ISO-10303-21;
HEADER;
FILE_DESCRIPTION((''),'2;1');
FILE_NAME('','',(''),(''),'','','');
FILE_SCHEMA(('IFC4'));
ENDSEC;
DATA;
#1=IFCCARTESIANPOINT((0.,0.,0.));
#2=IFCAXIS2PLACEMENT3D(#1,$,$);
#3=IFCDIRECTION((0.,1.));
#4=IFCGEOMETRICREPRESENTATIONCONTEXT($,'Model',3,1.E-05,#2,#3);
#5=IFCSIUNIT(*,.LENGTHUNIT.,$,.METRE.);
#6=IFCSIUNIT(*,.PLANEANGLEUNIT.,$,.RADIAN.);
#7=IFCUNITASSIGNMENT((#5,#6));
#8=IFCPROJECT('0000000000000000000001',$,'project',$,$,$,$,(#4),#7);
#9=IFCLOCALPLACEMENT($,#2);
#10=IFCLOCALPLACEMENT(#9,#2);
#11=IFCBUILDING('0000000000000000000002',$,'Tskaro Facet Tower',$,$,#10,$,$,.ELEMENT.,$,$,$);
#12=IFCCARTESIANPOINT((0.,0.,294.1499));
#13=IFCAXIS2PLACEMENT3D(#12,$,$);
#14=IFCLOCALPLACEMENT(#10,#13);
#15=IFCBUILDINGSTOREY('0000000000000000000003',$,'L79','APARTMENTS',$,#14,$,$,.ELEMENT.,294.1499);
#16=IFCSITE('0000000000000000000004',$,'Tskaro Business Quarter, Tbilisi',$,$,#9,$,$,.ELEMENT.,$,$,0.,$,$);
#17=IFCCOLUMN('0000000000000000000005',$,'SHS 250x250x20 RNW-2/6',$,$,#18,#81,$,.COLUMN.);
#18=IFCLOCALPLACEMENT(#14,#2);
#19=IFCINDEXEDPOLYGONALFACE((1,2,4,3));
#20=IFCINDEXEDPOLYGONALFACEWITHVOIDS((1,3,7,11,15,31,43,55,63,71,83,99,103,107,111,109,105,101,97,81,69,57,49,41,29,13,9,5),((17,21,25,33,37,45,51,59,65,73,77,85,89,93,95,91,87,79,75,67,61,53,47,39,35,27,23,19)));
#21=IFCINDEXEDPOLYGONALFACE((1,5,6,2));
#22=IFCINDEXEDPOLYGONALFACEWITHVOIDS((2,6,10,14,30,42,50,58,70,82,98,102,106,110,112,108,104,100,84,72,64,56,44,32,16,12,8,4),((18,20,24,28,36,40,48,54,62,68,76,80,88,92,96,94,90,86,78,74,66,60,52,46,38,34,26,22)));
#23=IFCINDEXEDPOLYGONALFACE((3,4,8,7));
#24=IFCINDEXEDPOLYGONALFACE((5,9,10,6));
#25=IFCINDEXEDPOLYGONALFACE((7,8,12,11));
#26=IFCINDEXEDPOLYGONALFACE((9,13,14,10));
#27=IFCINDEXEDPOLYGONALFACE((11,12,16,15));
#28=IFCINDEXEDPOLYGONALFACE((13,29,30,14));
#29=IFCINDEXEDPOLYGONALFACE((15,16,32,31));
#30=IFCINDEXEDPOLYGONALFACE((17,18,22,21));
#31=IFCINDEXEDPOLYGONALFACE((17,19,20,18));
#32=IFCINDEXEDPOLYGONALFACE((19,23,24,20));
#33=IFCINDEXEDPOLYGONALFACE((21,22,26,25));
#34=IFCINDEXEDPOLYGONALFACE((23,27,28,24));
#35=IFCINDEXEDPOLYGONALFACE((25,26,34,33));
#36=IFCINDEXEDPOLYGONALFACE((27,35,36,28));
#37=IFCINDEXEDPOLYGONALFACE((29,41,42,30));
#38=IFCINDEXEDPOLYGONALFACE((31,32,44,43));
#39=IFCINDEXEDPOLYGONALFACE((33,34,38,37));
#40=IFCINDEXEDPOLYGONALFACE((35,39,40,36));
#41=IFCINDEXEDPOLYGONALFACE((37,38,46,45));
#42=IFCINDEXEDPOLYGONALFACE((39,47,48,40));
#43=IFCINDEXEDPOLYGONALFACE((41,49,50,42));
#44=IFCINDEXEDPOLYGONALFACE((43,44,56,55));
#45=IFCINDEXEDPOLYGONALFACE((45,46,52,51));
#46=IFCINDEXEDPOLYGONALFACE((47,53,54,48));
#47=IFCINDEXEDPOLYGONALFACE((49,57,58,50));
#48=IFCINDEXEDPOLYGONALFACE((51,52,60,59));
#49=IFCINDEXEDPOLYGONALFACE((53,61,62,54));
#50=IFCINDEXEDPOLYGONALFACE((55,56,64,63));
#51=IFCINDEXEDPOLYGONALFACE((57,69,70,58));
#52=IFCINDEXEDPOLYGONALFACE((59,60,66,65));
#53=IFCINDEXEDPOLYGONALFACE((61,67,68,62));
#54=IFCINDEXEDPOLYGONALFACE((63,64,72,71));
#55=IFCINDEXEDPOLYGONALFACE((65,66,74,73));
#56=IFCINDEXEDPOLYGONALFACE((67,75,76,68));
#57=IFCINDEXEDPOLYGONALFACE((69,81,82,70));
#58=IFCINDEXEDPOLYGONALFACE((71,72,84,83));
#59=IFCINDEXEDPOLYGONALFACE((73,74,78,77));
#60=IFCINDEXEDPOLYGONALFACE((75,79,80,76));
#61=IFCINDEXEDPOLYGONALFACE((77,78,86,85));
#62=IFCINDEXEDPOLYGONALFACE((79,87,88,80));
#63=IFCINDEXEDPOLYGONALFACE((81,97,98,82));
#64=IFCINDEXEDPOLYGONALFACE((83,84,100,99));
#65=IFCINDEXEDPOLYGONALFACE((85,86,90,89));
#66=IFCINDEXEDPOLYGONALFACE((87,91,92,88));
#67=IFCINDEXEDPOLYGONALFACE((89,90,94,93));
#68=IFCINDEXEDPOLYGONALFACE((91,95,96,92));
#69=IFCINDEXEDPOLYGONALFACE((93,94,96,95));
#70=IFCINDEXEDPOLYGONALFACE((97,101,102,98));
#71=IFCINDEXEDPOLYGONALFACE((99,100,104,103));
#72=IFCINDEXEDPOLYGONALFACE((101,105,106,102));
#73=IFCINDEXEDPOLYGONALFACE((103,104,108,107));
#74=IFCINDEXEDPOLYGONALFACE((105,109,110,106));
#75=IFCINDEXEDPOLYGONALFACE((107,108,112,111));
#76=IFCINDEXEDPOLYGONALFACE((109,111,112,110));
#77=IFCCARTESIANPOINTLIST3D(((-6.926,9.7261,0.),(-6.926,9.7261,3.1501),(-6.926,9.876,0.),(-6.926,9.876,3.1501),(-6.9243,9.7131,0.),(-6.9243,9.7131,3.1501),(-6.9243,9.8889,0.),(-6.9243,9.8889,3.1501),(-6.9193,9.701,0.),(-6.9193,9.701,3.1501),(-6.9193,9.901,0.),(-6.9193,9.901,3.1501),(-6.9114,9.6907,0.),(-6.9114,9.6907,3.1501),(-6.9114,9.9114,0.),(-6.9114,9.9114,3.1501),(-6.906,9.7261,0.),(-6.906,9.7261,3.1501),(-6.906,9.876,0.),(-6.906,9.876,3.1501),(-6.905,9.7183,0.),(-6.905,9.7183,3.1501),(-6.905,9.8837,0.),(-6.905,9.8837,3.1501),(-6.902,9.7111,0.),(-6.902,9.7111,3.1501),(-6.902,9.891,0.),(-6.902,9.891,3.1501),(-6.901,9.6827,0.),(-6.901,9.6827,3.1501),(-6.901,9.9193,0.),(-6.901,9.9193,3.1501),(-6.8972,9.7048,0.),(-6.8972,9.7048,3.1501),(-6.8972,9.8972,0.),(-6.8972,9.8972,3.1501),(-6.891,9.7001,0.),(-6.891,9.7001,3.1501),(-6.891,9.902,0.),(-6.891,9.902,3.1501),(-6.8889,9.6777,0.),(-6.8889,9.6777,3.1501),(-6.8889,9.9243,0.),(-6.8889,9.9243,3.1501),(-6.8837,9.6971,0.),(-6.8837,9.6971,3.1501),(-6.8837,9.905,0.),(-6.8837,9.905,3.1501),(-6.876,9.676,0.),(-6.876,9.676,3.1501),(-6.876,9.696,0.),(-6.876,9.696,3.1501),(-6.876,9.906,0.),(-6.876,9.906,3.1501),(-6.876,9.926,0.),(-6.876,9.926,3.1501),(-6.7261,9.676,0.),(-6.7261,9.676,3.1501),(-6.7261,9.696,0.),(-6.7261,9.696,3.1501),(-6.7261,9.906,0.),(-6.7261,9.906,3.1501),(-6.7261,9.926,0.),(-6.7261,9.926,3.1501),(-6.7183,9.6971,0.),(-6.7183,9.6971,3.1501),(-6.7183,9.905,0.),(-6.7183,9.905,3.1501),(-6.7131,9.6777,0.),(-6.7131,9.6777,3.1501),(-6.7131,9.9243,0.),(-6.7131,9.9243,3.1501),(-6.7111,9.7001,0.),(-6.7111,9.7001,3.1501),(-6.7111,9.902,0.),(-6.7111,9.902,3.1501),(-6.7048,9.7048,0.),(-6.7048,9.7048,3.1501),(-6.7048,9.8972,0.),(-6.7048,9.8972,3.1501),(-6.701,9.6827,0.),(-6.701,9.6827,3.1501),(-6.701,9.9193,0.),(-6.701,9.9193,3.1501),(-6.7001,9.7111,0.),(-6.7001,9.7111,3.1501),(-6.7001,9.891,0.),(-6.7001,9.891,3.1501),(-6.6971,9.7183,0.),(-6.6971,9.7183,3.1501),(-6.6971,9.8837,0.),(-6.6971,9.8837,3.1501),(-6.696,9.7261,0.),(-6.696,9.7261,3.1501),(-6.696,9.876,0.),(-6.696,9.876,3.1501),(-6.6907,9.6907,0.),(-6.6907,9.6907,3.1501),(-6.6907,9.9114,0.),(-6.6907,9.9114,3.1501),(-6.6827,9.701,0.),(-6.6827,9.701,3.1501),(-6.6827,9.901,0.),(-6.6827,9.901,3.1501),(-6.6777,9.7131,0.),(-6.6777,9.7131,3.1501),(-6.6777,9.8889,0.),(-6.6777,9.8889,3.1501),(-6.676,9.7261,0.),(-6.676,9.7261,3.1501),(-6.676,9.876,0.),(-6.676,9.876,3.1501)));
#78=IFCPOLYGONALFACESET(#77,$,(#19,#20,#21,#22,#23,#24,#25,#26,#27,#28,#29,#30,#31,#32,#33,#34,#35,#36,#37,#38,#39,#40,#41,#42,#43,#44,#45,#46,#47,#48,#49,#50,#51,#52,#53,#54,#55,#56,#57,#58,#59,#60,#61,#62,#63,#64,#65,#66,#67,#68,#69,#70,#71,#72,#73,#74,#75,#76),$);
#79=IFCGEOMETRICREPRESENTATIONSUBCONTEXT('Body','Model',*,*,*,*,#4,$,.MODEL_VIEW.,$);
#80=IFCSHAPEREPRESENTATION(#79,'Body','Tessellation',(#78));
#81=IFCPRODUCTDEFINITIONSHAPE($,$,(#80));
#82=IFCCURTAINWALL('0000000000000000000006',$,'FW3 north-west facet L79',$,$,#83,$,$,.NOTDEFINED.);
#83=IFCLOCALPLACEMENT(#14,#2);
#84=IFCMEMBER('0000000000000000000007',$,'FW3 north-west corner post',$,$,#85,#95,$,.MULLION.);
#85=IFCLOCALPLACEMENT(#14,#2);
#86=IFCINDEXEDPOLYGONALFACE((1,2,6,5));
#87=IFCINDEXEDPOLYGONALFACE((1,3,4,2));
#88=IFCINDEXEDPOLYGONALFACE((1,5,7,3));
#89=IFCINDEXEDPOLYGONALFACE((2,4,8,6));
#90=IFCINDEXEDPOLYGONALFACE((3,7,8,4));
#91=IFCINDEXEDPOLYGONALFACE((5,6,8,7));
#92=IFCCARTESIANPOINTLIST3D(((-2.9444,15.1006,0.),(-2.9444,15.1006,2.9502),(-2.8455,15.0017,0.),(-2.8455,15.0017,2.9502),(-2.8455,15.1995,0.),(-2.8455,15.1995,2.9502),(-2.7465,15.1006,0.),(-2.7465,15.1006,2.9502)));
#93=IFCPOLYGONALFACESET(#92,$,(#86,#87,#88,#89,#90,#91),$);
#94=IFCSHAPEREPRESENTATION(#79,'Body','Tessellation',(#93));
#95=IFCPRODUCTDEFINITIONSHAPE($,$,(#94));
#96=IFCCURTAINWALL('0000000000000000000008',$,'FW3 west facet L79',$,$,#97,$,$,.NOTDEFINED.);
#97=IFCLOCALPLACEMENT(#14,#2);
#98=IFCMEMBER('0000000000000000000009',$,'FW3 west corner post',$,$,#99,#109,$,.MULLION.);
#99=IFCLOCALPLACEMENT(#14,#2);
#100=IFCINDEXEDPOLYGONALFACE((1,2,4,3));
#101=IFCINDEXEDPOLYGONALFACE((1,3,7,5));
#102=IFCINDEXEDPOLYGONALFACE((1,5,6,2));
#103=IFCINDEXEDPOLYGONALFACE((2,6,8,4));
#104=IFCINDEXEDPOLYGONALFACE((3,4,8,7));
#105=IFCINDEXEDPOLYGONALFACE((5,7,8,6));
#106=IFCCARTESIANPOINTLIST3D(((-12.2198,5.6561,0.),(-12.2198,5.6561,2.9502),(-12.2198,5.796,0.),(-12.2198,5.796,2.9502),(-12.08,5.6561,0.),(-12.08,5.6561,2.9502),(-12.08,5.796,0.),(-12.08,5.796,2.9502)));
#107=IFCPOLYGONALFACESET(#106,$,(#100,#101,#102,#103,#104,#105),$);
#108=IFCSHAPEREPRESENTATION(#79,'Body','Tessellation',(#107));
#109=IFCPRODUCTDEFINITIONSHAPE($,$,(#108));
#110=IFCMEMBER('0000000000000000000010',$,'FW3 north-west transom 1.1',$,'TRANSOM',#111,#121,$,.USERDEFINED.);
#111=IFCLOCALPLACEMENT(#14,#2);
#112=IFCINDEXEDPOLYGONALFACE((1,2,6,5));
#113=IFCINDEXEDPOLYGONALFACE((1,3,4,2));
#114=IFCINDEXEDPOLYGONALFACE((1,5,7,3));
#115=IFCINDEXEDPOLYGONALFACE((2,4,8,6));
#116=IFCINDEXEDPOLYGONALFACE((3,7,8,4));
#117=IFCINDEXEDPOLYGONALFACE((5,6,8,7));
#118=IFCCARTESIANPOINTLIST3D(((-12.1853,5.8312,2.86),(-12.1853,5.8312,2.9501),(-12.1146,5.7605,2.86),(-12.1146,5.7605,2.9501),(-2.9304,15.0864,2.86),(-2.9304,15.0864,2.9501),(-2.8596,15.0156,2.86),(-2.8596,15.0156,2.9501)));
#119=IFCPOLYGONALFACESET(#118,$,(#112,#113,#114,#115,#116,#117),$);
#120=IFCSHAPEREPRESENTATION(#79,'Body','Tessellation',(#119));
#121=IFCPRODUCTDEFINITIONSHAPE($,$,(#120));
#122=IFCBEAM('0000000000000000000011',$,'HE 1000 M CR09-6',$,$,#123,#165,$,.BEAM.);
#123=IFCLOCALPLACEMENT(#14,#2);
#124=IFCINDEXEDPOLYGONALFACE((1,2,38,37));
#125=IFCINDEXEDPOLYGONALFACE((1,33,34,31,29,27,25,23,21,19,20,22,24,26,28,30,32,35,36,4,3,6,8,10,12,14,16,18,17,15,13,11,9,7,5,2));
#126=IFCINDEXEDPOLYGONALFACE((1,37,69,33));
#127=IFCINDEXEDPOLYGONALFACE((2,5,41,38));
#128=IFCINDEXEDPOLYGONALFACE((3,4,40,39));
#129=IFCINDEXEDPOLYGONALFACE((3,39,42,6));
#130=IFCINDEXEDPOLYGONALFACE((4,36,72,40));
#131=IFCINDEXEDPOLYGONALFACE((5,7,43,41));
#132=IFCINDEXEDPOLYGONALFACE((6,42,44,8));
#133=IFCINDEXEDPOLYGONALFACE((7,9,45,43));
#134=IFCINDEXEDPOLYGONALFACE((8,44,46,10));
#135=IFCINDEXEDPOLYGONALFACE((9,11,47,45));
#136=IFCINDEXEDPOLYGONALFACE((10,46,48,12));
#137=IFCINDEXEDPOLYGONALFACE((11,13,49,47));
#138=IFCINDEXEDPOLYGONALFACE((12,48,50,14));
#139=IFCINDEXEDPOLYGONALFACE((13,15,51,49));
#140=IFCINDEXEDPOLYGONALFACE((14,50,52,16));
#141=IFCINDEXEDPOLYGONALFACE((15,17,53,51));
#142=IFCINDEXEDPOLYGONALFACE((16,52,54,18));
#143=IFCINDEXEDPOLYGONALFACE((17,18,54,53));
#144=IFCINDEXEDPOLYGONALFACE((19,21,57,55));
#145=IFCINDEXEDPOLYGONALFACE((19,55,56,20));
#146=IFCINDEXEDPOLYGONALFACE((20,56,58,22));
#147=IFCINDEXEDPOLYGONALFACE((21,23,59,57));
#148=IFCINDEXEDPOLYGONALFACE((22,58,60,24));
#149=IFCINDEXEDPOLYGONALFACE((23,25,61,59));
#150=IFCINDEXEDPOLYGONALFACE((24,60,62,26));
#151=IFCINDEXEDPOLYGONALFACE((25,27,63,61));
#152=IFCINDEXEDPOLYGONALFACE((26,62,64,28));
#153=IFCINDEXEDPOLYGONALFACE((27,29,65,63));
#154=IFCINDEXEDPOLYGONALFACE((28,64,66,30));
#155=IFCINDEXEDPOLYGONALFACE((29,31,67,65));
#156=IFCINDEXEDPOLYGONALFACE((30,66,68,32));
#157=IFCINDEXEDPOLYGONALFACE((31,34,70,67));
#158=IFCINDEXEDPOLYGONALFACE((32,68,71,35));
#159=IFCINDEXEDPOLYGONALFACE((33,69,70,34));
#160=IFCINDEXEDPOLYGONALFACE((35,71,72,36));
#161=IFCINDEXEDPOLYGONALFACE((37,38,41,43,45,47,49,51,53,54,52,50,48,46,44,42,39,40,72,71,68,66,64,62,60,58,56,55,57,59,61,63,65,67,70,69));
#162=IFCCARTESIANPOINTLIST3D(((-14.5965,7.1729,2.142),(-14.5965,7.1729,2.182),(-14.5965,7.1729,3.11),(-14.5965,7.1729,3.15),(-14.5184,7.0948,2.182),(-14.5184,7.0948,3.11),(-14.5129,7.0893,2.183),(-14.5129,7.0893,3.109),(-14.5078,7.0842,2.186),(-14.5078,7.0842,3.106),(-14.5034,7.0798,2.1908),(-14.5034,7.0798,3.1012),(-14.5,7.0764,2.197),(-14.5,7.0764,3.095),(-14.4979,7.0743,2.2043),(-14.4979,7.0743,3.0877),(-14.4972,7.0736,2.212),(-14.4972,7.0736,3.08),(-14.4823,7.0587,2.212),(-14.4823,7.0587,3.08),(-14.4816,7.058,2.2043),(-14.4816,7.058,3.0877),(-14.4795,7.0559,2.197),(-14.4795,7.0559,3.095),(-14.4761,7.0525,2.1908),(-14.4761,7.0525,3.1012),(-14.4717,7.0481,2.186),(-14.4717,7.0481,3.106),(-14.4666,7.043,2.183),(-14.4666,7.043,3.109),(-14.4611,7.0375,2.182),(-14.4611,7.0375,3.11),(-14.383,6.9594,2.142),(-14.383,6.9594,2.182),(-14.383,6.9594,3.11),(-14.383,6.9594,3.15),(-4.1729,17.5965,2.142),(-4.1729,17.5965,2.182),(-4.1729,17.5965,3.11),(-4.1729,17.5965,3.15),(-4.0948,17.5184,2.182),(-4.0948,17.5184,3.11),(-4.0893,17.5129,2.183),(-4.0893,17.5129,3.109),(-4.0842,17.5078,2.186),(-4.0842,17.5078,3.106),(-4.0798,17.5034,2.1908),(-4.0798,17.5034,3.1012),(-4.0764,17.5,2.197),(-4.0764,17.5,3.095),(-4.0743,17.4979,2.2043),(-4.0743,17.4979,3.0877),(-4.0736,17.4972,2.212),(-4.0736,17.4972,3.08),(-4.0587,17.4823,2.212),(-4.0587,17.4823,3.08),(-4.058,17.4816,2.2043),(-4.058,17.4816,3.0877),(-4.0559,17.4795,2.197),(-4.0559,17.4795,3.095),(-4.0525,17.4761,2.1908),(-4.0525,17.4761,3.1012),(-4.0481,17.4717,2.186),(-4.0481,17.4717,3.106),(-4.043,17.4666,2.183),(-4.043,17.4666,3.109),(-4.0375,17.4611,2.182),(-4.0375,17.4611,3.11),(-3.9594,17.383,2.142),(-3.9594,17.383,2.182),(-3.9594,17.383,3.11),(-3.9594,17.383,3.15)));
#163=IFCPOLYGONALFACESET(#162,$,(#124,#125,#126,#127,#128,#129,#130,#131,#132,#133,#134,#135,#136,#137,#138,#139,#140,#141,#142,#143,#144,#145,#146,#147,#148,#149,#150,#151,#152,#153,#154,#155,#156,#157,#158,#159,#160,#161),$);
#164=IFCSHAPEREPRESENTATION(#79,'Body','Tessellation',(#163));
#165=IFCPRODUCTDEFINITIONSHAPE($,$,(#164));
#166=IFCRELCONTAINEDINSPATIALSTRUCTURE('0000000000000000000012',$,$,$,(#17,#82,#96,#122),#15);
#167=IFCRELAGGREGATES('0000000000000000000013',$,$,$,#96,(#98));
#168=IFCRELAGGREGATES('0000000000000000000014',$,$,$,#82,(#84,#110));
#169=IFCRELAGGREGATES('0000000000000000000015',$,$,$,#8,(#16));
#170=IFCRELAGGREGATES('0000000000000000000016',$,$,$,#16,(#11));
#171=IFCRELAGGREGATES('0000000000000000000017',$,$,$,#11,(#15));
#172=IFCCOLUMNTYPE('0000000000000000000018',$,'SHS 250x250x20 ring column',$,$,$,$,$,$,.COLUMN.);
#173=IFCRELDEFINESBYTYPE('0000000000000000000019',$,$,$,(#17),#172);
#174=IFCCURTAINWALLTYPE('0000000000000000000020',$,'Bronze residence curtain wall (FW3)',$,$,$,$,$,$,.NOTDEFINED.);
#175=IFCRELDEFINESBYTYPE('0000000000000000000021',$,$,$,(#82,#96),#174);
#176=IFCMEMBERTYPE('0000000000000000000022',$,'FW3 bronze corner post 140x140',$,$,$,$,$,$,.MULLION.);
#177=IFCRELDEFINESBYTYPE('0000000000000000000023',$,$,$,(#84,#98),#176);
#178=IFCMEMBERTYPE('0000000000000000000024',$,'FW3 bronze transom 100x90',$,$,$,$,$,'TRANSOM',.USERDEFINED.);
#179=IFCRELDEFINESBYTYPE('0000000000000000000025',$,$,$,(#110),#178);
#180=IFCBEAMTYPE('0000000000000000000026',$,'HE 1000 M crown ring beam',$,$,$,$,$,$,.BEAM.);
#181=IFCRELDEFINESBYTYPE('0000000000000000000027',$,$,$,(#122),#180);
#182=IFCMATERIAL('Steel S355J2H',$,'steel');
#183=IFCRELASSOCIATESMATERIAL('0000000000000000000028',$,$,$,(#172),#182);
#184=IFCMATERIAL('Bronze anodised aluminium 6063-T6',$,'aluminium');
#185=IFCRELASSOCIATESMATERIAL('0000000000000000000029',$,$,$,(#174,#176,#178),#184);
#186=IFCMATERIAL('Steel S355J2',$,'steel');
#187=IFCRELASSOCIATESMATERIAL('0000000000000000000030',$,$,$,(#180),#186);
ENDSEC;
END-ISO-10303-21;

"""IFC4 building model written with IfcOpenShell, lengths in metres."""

from ifc_helpers import new_model, si_unit, direction, frame, origin, origin_2d, place, context, subcontext, project, spatial, rectangle, hollow_rectangle, i_section, extrude, material, material_profile, profile_set, type_object, element, aggregate, save


model = new_model("IFC4")

# Units and contexts
model_context = context("Model", 3, precision=1e-05, world=origin(), true_north=direction((0.0, 1.0)))
body_context = subcontext(model_context, "Body", "Model", "MODEL_VIEW")
ifc_project = project(units=[si_unit("LENGTHUNIT", "METRE"), si_unit("PLANEANGLEUNIT", "RADIAN")], contexts=[model_context])

# Site, building, storey
site_placement = place(None, origin())
site = spatial("IfcSite", under=ifc_project, at=site_placement, Name="Tskaro Business Quarter, Tbilisi", CompositionType="ELEMENT", RefElevation=0.0)
building_placement = place(site_placement, origin())
building = spatial("IfcBuilding", under=site, at=building_placement, Name="Tskaro Facet Tower", CompositionType="ELEMENT")
storey_placement = place(building_placement, frame((0.0, 0.0, 294.1499)))
storey = spatial("IfcBuildingStorey", under=building, at=storey_placement, Name="L79", Description="APARTMENTS", CompositionType="ELEMENT", Elevation=294.1499)

# Column
ifc_material_1 = material(Name="Steel S355J2", Category="steel")
ifc_material_2 = material(Name="Steel S355J2H", Category="steel")
ifc_material_profile_1 = material_profile(ifc_material_2, hollow_rectangle(XDim=0.25, YDim=0.25, WallThickness=0.02, InnerFilletRadius=0.03, OuterFilletRadius=0.05, at=origin_2d()), Name="SHS 250x250x20")
ifc_profile_set_1 = profile_set([ifc_material_profile_1], Name="Steel S355J2H")
column_type_1 = type_object("IfcColumnType", Name="SHS 250x250x20 ring column", PredefinedType="COLUMN", material=ifc_profile_set_1)
for number, where, z_axis, x_axis, name in (
    (1, (-6.801, 9.801, 0.0), (0.0, 0.0, 1.0), (1.0, 0.0, 0.0), "SHS 250x250x20 RNW-2/6"),
):
    element("IfcColumn", number, at=place(storey_placement, frame(where, z_axis=z_axis, x_axis=x_axis)), inside=storey, type_object=column_type_1, Name=name, PredefinedType="COLUMN", context=body_context, shape_type="SweptSolid", body=[
        extrude(hollow_rectangle(XDim=0.25, YDim=0.25, WallThickness=0.02, InnerFilletRadius=0.03, OuterFilletRadius=0.05, at=origin_2d()), origin(), (0.0, 0.0, 1.0), 3.1501),
    ])

# Curtain walls, members
ifc_material_3 = material(Name="Bronze anodised aluminium 6063-T6", Category="aluminium")
curtain_wall_type = type_object("IfcCurtainWallType", Name="Bronze residence curtain wall (FW3)", PredefinedType="NOTDEFINED", material=ifc_material_3)
curtain_wall_1_placement = place(storey_placement, origin())
curtain_wall_1 = element("IfcCurtainWall", 2, at=curtain_wall_1_placement, inside=storey, type_object=curtain_wall_type, Name="FW3 north-west facet L79", PredefinedType="NOTDEFINED")
ifc_material_profile_2 = material_profile(ifc_material_3, rectangle(XDim=0.1399, YDim=0.1399, at=origin_2d()), Name="Corner post 140x140")
ifc_profile_set_2 = profile_set([ifc_material_profile_2], Name="Bronze anodised aluminium 6063-T6")
member_type_1 = type_object("IfcMemberType", Name="FW3 bronze corner post 140x140", PredefinedType="MULLION", material=ifc_profile_set_2)
member_1_placement = place(storey_placement, frame((-2.8455, 15.1006, 0.0), z_axis=(0.0, 0.0, 1.0), x_axis=(-0.707107, -0.707107, 0.0)))
member_1 = element("IfcMember", 3, at=member_1_placement, type_object=member_type_1, Name="FW3 north-west corner post", PredefinedType="MULLION", context=body_context, shape_type="SweptSolid", body=[
    extrude(rectangle(XDim=0.1399, YDim=0.1399, at=origin_2d()), origin(), (0.0, 0.0, 1.0), 2.9502),
])
curtain_wall_2_placement = place(storey_placement, origin())
curtain_wall_2 = element("IfcCurtainWall", 4, at=curtain_wall_2_placement, inside=storey, type_object=curtain_wall_type, Name="FW3 west facet L79", PredefinedType="NOTDEFINED")
member_2_placement = place(storey_placement, frame((-12.1499, 5.7261, 0.0), z_axis=(0.0, 0.0, 1.0), x_axis=(0.0, -1.0, 0.0)))
member_2 = element("IfcMember", 5, at=member_2_placement, type_object=member_type_1, Name="FW3 west corner post", PredefinedType="MULLION", context=body_context, shape_type="SweptSolid", body=[
    extrude(rectangle(XDim=0.1399, YDim=0.1399, at=origin_2d()), origin(), (0.0, 0.0, 1.0), 2.9502),
])
aggregate(curtain_wall_2, [member_2])

# Member
ifc_material_profile_3 = material_profile(ifc_material_3, rectangle(XDim=0.1001, YDim=0.0901, at=origin_2d()), Name="Transom 100x90")
ifc_profile_set_3 = profile_set([ifc_material_profile_3], Name="Bronze anodised aluminium 6063-T6")
member_type_2 = type_object("IfcMemberType", Name="FW3 bronze transom 100x90", ElementType="TRANSOM", PredefinedType="USERDEFINED", material=ifc_profile_set_3)
member_3_placement = place(storey_placement, frame((-2.895, 15.051, 2.905), z_axis=(-0.707097, -0.707116, 0.0), x_axis=(0.707116, -0.707097, 0.0)))
member_3 = element("IfcMember", 6, at=member_3_placement, type_object=member_type_2, Name="FW3 north-west transom 1.1", ObjectType="TRANSOM", PredefinedType="USERDEFINED", context=body_context, shape_type="SweptSolid", body=[
    extrude(rectangle(XDim=0.1001, YDim=0.0901, at=origin_2d()), origin(), (0.0, 0.0, 1.0), 13.0886),
])

# Beam
ifc_material_profile_4 = material_profile(ifc_material_1, i_section(OverallWidth=0.302, OverallDepth=1.0081, WebThickness=0.021, FlangeThickness=0.04, FilletRadius=0.03, at=origin_2d()), Name="HE 1000 M")
ifc_profile_set_4 = profile_set([ifc_material_profile_4], Name="Steel S355J2")
beam_type_1 = type_object("IfcBeamType", Name="HE 1000 M crown ring beam", PredefinedType="BEAM", material=ifc_profile_set_4)
beam_1_placement = place(storey_placement, frame((-4.0662, 17.4897, 2.646), z_axis=(-0.707107, -0.707107, 0.0), x_axis=(0.707107, -0.707107, 0.0)))
element("IfcBeam", 7, at=beam_1_placement, inside=storey, type_object=beam_type_1, Name="HE 1000 M CR09-6", PredefinedType="BEAM", context=body_context, shape_type="SweptSolid", body=[
    extrude(i_section(OverallWidth=0.302, OverallDepth=1.0081, WebThickness=0.021, FlangeThickness=0.04, FilletRadius=0.03, at=origin_2d()), origin(), (0.0, 0.0, 1.0), 14.7412),
])

aggregate(curtain_wall_1, [member_1, member_3])

save(model, "model.ifc")
